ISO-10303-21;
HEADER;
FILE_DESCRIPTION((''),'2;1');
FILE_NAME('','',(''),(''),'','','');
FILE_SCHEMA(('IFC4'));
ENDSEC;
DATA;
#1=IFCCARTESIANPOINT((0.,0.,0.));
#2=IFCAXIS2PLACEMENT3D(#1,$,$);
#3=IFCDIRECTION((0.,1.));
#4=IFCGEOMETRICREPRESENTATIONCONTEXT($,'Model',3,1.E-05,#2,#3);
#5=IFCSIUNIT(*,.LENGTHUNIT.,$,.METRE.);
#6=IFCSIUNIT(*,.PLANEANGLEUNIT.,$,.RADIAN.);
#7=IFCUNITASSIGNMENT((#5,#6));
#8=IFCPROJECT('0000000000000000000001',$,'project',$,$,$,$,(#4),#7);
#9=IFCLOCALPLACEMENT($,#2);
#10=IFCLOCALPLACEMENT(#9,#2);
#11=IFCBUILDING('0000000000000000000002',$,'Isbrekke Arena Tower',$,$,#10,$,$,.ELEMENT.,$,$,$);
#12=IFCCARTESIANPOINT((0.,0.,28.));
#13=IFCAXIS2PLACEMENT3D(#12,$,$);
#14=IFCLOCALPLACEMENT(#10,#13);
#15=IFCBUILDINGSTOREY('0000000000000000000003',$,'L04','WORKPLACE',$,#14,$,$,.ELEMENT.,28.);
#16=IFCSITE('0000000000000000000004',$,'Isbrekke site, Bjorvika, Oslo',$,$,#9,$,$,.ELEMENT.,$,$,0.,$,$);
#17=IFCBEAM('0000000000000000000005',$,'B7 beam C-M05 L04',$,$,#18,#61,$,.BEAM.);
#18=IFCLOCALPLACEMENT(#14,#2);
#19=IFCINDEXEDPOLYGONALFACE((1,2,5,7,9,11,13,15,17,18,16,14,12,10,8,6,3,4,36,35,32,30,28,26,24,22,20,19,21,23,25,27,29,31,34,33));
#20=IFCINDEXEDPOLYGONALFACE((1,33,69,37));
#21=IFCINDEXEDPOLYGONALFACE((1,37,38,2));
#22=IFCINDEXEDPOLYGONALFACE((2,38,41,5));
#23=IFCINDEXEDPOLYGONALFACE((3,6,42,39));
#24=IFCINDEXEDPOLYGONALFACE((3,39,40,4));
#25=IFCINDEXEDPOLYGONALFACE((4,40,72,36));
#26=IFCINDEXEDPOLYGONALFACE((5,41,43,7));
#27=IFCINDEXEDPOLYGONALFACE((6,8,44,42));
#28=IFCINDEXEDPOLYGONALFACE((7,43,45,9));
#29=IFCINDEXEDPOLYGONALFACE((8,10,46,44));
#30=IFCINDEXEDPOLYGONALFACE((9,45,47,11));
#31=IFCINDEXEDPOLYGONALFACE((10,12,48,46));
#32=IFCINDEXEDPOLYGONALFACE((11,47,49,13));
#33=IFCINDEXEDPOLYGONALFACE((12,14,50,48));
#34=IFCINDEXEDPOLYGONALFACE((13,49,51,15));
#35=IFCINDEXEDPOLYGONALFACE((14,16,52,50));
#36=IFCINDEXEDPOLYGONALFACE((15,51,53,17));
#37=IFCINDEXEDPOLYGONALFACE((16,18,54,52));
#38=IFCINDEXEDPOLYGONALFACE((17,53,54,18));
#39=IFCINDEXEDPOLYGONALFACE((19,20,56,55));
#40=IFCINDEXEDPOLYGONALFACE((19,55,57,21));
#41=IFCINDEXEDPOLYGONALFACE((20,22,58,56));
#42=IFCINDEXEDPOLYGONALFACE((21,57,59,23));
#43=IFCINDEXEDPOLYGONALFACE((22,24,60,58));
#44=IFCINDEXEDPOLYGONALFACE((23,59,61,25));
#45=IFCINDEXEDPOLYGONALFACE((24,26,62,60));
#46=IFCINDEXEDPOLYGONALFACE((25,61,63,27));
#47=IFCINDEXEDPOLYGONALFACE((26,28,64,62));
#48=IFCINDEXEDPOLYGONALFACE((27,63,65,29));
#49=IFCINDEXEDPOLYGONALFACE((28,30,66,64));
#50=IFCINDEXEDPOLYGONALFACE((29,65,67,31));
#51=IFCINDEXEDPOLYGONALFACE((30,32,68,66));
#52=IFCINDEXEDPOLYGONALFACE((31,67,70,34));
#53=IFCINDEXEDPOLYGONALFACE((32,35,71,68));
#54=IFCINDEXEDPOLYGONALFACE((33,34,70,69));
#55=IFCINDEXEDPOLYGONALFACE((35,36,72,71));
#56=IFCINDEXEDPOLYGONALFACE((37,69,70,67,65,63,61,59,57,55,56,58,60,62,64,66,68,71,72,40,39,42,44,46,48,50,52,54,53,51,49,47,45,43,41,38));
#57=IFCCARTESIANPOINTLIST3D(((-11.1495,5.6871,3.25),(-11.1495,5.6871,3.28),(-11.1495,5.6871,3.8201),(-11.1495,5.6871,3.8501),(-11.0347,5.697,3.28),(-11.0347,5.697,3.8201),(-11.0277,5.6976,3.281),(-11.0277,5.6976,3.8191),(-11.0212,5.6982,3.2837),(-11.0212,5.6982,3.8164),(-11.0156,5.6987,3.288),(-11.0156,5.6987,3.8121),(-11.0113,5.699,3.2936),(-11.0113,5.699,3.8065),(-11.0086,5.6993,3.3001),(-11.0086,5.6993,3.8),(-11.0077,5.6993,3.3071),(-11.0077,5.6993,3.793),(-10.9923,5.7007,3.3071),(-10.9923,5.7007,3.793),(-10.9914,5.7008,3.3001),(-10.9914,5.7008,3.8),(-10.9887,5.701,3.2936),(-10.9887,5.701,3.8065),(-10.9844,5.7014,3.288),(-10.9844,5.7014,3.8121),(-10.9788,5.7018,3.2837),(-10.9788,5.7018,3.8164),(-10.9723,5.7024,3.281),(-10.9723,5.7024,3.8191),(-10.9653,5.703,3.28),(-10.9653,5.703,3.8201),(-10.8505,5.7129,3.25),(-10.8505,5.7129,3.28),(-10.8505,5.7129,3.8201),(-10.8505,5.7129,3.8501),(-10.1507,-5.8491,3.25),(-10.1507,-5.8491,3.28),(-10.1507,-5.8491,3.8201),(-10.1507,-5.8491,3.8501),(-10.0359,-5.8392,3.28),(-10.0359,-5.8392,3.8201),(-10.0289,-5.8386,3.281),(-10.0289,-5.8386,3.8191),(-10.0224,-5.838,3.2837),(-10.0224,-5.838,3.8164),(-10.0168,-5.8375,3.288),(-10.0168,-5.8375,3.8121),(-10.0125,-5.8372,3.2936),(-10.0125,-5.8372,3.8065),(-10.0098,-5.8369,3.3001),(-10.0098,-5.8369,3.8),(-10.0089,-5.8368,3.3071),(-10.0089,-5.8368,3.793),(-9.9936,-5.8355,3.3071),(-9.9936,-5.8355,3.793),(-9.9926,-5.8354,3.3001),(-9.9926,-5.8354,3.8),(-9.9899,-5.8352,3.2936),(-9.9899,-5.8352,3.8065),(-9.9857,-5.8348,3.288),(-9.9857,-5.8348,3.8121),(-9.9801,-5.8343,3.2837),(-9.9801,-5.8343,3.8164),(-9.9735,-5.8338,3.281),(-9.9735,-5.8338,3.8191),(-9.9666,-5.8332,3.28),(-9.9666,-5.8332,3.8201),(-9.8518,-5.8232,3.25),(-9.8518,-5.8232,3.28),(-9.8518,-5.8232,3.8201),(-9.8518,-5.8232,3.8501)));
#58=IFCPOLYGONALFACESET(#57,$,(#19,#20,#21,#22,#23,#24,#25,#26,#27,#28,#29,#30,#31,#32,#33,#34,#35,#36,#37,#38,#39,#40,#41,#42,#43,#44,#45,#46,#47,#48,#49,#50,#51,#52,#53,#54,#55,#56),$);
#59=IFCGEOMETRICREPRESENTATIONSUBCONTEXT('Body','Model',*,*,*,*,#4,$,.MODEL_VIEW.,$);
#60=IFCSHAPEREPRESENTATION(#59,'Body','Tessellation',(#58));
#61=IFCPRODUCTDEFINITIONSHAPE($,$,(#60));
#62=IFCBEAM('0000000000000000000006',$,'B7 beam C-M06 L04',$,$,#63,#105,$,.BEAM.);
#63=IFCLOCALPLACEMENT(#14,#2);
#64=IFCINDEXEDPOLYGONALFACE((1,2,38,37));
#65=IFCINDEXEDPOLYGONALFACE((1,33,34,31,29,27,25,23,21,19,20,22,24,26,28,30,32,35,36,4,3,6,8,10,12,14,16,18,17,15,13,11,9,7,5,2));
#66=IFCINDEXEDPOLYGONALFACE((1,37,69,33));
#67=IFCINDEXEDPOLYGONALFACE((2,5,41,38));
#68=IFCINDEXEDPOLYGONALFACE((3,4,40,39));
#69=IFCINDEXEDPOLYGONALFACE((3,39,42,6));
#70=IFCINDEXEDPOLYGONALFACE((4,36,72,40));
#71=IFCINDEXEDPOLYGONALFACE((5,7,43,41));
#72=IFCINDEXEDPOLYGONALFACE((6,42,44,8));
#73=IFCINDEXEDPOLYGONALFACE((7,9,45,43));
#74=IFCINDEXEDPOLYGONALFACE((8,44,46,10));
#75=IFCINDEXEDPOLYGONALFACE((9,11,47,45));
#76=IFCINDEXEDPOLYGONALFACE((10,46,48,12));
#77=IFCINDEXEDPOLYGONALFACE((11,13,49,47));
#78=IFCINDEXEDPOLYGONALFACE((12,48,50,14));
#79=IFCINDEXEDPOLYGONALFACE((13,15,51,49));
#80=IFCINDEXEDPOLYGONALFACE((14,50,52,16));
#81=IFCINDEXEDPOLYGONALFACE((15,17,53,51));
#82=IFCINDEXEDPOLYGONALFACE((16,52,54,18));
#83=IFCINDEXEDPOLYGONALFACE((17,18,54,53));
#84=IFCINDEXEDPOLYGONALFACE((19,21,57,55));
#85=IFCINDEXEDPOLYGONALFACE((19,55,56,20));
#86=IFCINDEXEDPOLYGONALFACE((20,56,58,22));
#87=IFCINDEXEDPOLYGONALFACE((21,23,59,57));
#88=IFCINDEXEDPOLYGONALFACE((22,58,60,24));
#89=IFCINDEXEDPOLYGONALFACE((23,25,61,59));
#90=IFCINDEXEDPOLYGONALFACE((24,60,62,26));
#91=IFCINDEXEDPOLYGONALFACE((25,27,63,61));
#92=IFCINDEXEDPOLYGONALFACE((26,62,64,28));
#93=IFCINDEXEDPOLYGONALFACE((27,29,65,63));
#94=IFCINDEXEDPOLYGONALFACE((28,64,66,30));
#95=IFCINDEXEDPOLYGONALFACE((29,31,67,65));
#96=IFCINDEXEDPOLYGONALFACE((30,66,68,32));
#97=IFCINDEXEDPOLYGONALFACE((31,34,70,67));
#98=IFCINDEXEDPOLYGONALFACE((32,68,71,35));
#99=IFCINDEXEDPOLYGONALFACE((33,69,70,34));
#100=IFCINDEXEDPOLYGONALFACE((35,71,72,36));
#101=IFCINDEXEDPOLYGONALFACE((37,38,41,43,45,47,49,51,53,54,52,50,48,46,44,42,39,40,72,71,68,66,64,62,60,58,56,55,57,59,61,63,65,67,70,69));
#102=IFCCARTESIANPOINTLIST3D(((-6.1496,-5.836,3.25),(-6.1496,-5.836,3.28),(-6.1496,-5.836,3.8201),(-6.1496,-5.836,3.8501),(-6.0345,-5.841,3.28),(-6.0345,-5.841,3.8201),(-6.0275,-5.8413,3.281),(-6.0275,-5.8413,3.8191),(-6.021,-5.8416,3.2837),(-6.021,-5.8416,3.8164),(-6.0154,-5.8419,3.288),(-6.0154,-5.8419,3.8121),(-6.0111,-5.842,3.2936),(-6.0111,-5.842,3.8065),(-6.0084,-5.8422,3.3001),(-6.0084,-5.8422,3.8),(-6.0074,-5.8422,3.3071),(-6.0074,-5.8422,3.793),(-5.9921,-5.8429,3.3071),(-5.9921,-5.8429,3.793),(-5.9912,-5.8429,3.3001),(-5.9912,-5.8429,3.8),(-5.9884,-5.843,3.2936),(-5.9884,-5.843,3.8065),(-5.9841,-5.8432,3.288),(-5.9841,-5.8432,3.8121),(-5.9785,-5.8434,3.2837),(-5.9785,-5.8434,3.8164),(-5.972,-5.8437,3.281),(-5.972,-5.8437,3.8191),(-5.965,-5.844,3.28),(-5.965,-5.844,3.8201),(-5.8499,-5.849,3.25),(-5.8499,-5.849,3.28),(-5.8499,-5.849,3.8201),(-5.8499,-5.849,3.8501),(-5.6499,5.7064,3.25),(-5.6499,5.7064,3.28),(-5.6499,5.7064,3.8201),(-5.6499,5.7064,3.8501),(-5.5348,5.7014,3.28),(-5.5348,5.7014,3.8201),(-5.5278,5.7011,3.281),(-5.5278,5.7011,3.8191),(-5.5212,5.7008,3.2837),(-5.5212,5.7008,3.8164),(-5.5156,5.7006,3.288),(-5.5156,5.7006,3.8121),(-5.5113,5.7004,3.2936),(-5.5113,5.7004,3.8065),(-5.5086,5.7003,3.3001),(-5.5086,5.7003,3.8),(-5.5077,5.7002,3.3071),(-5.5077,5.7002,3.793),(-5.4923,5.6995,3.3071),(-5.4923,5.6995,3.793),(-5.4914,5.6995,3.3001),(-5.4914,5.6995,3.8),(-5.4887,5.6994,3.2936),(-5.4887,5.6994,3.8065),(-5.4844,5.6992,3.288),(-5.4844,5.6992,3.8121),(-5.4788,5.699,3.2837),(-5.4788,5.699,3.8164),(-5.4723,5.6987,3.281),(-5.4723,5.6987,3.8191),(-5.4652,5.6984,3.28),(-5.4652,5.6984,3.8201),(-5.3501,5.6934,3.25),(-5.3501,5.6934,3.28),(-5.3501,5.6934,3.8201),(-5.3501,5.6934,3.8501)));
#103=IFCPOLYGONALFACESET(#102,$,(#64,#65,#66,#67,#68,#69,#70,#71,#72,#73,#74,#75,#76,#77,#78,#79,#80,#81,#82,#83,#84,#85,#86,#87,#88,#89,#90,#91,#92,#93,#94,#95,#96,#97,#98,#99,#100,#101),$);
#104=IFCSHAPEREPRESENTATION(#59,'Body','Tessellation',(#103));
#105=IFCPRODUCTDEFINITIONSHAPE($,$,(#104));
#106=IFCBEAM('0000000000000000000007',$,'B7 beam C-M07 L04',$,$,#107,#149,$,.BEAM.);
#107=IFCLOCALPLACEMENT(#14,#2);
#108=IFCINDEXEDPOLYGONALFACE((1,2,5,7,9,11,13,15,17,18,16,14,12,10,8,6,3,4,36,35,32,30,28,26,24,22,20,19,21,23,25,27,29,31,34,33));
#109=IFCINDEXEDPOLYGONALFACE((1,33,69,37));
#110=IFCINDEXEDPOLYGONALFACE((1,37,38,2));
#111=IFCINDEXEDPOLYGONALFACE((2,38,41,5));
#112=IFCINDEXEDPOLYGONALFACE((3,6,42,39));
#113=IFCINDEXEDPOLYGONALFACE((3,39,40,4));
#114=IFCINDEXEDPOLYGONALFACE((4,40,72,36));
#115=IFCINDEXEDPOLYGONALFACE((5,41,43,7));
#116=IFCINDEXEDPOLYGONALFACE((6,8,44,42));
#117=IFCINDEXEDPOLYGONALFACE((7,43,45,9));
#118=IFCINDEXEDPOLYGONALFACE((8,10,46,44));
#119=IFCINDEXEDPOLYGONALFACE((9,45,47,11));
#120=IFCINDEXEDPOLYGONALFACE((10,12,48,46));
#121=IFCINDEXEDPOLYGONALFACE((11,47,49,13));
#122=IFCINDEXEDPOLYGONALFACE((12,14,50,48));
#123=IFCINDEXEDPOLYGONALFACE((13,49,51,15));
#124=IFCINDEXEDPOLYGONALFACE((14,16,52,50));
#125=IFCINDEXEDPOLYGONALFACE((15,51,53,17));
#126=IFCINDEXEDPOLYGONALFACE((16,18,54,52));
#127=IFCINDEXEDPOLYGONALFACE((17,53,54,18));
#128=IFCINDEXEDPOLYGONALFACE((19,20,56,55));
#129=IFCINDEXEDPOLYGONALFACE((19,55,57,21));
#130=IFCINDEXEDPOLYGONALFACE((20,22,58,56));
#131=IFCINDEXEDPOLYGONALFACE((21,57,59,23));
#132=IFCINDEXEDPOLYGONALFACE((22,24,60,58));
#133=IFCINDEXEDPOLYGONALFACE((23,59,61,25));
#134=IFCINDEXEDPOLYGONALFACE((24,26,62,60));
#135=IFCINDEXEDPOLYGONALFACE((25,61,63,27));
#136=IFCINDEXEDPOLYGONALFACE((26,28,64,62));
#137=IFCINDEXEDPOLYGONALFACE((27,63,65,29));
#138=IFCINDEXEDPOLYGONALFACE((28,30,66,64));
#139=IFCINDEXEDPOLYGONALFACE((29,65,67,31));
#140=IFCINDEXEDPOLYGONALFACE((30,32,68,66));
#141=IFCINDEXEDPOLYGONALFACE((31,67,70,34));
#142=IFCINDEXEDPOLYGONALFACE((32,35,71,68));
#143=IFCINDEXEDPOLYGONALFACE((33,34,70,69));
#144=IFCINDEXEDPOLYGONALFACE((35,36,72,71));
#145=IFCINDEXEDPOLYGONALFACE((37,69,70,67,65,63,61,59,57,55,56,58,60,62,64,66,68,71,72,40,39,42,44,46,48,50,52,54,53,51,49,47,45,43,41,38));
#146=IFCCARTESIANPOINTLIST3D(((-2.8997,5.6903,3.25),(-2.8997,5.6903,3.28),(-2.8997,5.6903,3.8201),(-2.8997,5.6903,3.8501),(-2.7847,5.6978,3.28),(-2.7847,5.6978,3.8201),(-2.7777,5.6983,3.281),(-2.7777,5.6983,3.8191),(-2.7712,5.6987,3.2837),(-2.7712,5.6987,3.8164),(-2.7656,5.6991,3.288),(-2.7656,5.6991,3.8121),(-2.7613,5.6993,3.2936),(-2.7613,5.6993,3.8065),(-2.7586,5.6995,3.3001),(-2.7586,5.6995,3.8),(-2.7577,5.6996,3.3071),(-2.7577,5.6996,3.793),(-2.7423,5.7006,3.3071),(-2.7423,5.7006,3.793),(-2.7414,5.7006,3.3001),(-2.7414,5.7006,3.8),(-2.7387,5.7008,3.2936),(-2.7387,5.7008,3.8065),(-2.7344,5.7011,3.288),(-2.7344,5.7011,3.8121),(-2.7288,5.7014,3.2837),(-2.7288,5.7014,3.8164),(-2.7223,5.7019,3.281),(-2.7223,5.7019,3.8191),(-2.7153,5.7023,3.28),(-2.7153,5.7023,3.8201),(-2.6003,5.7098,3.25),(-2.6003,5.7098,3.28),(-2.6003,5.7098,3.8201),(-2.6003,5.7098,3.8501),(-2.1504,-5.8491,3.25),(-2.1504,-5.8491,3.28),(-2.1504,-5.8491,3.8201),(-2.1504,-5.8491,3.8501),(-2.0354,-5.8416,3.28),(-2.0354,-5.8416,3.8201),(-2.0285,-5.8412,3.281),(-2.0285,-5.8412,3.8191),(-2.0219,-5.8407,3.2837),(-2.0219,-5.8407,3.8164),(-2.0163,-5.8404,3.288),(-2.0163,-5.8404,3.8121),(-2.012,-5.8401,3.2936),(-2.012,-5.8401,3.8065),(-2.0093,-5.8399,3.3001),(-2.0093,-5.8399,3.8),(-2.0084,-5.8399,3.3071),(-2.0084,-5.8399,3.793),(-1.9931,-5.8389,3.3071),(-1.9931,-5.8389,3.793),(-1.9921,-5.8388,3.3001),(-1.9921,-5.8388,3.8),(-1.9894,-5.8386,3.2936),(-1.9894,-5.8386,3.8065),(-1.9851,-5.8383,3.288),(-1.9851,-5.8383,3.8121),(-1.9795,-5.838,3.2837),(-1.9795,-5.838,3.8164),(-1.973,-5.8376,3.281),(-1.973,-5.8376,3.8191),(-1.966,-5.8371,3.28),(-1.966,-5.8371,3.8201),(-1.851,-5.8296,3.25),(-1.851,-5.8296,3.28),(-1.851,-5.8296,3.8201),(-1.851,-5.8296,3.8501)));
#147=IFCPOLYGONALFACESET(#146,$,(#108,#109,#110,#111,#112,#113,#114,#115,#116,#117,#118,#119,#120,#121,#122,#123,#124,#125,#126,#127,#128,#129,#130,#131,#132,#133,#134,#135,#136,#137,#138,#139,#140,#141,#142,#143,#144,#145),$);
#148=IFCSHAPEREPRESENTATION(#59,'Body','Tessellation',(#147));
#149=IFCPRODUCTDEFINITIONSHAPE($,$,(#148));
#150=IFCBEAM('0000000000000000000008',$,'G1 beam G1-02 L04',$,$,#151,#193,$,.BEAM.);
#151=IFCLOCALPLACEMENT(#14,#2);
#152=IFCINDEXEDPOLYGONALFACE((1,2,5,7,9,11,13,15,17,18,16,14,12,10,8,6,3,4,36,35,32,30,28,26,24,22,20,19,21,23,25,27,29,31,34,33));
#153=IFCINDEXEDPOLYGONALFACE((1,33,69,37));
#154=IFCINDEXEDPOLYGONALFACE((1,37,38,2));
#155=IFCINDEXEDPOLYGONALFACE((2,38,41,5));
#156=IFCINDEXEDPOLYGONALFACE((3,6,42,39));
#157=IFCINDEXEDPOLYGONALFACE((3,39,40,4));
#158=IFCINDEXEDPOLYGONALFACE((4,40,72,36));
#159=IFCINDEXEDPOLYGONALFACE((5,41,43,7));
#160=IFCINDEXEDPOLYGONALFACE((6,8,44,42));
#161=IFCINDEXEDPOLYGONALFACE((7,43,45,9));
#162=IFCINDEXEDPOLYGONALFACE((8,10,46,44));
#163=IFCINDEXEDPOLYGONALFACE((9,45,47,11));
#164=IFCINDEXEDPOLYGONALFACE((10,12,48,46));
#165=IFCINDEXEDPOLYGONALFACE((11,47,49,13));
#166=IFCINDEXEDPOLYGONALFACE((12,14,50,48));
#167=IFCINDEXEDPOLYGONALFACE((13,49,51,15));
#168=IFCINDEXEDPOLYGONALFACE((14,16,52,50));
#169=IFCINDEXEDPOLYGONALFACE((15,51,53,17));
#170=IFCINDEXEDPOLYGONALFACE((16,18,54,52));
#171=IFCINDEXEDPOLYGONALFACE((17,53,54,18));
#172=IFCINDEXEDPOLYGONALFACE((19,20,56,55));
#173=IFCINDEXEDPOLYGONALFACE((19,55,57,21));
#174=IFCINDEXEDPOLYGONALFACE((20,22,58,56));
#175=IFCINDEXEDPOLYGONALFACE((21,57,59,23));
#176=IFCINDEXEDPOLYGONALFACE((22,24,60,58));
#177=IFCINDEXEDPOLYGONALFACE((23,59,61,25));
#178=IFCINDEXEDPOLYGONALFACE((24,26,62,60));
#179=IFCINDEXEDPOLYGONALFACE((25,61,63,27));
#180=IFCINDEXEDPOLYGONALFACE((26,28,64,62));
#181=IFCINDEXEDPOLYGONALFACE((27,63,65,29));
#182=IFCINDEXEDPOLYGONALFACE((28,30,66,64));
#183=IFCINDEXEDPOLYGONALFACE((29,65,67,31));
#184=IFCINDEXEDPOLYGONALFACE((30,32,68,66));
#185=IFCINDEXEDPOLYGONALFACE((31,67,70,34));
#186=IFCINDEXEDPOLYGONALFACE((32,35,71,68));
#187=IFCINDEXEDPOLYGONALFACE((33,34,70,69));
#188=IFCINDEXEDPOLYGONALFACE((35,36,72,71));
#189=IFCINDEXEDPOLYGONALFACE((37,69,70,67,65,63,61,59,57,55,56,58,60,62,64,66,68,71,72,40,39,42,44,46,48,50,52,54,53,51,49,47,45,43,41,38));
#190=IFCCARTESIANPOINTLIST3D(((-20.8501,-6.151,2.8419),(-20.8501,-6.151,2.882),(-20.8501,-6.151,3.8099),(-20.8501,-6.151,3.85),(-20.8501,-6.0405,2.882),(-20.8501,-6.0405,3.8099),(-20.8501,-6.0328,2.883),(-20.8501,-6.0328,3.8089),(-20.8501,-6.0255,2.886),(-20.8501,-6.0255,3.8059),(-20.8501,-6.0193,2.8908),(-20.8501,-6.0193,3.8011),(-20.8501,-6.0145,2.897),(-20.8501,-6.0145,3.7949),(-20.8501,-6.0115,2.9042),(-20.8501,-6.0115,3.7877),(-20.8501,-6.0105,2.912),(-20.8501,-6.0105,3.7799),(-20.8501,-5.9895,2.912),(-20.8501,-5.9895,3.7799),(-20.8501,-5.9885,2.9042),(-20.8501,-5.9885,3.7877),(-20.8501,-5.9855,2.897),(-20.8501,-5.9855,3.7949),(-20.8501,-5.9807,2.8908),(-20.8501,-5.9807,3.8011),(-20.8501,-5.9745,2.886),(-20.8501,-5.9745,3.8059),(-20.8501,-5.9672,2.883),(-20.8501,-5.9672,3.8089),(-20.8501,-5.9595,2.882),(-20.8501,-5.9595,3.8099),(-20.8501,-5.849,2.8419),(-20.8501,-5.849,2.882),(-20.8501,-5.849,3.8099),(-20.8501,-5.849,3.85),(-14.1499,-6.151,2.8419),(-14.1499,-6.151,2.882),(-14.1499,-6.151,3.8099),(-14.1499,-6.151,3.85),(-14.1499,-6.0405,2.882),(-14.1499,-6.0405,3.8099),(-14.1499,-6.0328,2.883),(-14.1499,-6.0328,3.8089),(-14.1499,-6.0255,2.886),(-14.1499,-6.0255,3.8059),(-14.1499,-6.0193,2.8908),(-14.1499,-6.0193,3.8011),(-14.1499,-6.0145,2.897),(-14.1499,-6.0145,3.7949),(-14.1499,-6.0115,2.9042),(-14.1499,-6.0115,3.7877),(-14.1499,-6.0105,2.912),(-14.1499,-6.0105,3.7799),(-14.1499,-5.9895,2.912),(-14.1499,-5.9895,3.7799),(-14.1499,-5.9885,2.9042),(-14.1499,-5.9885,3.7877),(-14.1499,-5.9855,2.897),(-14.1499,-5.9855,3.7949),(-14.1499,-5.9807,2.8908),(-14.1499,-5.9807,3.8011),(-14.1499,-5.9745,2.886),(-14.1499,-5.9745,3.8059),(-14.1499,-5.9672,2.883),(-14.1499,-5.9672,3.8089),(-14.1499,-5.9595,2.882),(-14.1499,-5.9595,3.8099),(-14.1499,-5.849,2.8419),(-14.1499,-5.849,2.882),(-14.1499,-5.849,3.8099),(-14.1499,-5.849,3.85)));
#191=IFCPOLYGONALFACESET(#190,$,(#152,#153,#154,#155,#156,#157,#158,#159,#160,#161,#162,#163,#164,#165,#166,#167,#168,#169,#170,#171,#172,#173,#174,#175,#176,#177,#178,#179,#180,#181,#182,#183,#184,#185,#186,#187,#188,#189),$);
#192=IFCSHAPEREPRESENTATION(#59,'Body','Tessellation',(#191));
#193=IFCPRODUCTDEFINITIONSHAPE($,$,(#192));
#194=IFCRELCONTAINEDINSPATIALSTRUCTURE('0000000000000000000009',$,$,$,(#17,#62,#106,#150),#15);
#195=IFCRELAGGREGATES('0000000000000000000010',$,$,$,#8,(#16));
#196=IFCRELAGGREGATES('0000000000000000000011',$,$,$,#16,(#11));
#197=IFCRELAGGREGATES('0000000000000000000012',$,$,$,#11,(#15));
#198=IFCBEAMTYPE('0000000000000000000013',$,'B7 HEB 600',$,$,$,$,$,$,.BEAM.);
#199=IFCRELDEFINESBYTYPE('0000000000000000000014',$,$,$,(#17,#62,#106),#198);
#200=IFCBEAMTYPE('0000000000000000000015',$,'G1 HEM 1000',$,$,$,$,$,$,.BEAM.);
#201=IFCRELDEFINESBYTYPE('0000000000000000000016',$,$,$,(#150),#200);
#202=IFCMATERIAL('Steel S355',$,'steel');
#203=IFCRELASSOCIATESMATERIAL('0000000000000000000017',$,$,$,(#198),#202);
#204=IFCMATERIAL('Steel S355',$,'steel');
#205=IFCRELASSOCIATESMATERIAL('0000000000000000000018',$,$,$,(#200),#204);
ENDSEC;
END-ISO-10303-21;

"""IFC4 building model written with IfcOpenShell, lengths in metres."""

from ifc_helpers import new_model, si_unit, direction, frame, origin, origin_2d, place, context, subcontext, project, spatial, i_section, extrude, material, material_profile, profile_set, type_object, element, save


model = new_model("IFC4")

# Units and contexts
model_context = context("Model", 3, precision=1e-05, world=origin(), true_north=direction((0.0, 1.0)))
body_context = subcontext(model_context, "Body", "Model", "MODEL_VIEW")
ifc_project = project(units=[si_unit("LENGTHUNIT", "METRE"), si_unit("PLANEANGLEUNIT", "RADIAN")], contexts=[model_context])

# Site, building, storey
site_placement = place(None, origin())
site = spatial("IfcSite", under=ifc_project, at=site_placement, Name="Isbrekke site, Bjorvika, Oslo", CompositionType="ELEMENT", RefElevation=0.0)
building_placement = place(site_placement, origin())
building = spatial("IfcBuilding", under=site, at=building_placement, Name="Isbrekke Arena Tower", CompositionType="ELEMENT")
storey_placement = place(building_placement, frame((0.0, 0.0, 28.0)))
storey = spatial("IfcBuildingStorey", under=building, at=storey_placement, Name="L04", Description="WORKPLACE", CompositionType="ELEMENT", Elevation=28.0)

# Beams
ifc_material_1 = material(Name="Steel S355", Category="steel")
ifc_material_profile_1 = material_profile(ifc_material_1, i_section(OverallWidth=0.3, OverallDepth=0.6001, WebThickness=0.0154, FlangeThickness=0.03, FilletRadius=0.0271, at=origin_2d()), Name="HEB 600")
ifc_profile_set_1 = profile_set([ifc_material_profile_1], Name="Steel S355")
beam_type_1 = type_object("IfcBeamType", Name="B7 HEB 600", PredefinedType="BEAM", material=ifc_profile_set_1)
beam_1_placement = place(storey_placement, frame((-10.0012, -5.8362, 3.55), z_axis=(-0.086256, 0.996273, 0.0), x_axis=(-0.996273, -0.086256, 0.0)))
element("IfcBeam", 1, at=beam_1_placement, inside=storey, type_object=beam_type_1, Name="B7 beam C-M05 L04", PredefinedType="BEAM", context=body_context, shape_type="SweptSolid", body=[
    extrude(i_section(OverallWidth=0.3, OverallDepth=0.6001, WebThickness=0.0154, FlangeThickness=0.03, FilletRadius=0.0271, at=origin_2d()), origin(), (0.0, 0.0, 1.0), 11.5793),
])
beam_2_placement = place(storey_placement, frame((-5.9998, -5.8425, 3.55), z_axis=(0.043257, 0.999064, 0.0), x_axis=(-0.999064, 0.043257, 0.0)))
element("IfcBeam", 2, at=beam_2_placement, inside=storey, type_object=beam_type_1, Name="B7 beam C-M06 L04", PredefinedType="BEAM", context=body_context, shape_type="SweptSolid", body=[
    extrude(i_section(OverallWidth=0.3, OverallDepth=0.6001, WebThickness=0.0154, FlangeThickness=0.03, FilletRadius=0.0271, at=origin_2d()), origin(), (0.0, 0.0, 1.0), 11.5532),
])
beam_3_placement = place(storey_placement, frame((-2.0007, -5.8394, 3.55), z_axis=(-0.064795, 0.997899, 0.0), x_axis=(-0.997899, -0.064795, 0.0)))
element("IfcBeam", 3, at=beam_3_placement, inside=storey, type_object=beam_type_1, Name="B7 beam C-M07 L04", PredefinedType="BEAM", context=body_context, shape_type="SweptSolid", body=[
    extrude(i_section(OverallWidth=0.3, OverallDepth=0.6001, WebThickness=0.0154, FlangeThickness=0.03, FilletRadius=0.0271, at=origin_2d()), origin(), (0.0, 0.0, 1.0), 11.5637),
])
ifc_material_2 = material(Name="Steel S355", Category="steel")
ifc_material_profile_2 = material_profile(ifc_material_2, i_section(OverallWidth=0.302, OverallDepth=1.0081, WebThickness=0.021, FlangeThickness=0.04, FilletRadius=0.03, at=origin_2d()), Name="HEM 1000")
ifc_profile_set_2 = profile_set([ifc_material_profile_2], Name="Steel S355")
beam_type_2 = type_object("IfcBeamType", Name="G1 HEM 1000", PredefinedType="BEAM", material=ifc_profile_set_2)
for number, where, z_axis, x_axis, name in (
    (4, (-20.8501, -6.0, 3.3459), (1.0, 0.0, 0.0), (0.0, 1.0, 0.0), "G1 beam G1-02 L04"),
):
    element("IfcBeam", number, at=place(storey_placement, frame(where, z_axis=z_axis, x_axis=x_axis)), inside=storey, type_object=beam_type_2, Name=name, PredefinedType="BEAM", context=body_context, shape_type="SweptSolid", body=[
        extrude(i_section(OverallWidth=0.302, OverallDepth=1.0081, WebThickness=0.021, FlangeThickness=0.04, FilletRadius=0.03, at=origin_2d()), origin(), (0.0, 0.0, 1.0), 6.7002),
    ])

save(model, "model.ifc")
